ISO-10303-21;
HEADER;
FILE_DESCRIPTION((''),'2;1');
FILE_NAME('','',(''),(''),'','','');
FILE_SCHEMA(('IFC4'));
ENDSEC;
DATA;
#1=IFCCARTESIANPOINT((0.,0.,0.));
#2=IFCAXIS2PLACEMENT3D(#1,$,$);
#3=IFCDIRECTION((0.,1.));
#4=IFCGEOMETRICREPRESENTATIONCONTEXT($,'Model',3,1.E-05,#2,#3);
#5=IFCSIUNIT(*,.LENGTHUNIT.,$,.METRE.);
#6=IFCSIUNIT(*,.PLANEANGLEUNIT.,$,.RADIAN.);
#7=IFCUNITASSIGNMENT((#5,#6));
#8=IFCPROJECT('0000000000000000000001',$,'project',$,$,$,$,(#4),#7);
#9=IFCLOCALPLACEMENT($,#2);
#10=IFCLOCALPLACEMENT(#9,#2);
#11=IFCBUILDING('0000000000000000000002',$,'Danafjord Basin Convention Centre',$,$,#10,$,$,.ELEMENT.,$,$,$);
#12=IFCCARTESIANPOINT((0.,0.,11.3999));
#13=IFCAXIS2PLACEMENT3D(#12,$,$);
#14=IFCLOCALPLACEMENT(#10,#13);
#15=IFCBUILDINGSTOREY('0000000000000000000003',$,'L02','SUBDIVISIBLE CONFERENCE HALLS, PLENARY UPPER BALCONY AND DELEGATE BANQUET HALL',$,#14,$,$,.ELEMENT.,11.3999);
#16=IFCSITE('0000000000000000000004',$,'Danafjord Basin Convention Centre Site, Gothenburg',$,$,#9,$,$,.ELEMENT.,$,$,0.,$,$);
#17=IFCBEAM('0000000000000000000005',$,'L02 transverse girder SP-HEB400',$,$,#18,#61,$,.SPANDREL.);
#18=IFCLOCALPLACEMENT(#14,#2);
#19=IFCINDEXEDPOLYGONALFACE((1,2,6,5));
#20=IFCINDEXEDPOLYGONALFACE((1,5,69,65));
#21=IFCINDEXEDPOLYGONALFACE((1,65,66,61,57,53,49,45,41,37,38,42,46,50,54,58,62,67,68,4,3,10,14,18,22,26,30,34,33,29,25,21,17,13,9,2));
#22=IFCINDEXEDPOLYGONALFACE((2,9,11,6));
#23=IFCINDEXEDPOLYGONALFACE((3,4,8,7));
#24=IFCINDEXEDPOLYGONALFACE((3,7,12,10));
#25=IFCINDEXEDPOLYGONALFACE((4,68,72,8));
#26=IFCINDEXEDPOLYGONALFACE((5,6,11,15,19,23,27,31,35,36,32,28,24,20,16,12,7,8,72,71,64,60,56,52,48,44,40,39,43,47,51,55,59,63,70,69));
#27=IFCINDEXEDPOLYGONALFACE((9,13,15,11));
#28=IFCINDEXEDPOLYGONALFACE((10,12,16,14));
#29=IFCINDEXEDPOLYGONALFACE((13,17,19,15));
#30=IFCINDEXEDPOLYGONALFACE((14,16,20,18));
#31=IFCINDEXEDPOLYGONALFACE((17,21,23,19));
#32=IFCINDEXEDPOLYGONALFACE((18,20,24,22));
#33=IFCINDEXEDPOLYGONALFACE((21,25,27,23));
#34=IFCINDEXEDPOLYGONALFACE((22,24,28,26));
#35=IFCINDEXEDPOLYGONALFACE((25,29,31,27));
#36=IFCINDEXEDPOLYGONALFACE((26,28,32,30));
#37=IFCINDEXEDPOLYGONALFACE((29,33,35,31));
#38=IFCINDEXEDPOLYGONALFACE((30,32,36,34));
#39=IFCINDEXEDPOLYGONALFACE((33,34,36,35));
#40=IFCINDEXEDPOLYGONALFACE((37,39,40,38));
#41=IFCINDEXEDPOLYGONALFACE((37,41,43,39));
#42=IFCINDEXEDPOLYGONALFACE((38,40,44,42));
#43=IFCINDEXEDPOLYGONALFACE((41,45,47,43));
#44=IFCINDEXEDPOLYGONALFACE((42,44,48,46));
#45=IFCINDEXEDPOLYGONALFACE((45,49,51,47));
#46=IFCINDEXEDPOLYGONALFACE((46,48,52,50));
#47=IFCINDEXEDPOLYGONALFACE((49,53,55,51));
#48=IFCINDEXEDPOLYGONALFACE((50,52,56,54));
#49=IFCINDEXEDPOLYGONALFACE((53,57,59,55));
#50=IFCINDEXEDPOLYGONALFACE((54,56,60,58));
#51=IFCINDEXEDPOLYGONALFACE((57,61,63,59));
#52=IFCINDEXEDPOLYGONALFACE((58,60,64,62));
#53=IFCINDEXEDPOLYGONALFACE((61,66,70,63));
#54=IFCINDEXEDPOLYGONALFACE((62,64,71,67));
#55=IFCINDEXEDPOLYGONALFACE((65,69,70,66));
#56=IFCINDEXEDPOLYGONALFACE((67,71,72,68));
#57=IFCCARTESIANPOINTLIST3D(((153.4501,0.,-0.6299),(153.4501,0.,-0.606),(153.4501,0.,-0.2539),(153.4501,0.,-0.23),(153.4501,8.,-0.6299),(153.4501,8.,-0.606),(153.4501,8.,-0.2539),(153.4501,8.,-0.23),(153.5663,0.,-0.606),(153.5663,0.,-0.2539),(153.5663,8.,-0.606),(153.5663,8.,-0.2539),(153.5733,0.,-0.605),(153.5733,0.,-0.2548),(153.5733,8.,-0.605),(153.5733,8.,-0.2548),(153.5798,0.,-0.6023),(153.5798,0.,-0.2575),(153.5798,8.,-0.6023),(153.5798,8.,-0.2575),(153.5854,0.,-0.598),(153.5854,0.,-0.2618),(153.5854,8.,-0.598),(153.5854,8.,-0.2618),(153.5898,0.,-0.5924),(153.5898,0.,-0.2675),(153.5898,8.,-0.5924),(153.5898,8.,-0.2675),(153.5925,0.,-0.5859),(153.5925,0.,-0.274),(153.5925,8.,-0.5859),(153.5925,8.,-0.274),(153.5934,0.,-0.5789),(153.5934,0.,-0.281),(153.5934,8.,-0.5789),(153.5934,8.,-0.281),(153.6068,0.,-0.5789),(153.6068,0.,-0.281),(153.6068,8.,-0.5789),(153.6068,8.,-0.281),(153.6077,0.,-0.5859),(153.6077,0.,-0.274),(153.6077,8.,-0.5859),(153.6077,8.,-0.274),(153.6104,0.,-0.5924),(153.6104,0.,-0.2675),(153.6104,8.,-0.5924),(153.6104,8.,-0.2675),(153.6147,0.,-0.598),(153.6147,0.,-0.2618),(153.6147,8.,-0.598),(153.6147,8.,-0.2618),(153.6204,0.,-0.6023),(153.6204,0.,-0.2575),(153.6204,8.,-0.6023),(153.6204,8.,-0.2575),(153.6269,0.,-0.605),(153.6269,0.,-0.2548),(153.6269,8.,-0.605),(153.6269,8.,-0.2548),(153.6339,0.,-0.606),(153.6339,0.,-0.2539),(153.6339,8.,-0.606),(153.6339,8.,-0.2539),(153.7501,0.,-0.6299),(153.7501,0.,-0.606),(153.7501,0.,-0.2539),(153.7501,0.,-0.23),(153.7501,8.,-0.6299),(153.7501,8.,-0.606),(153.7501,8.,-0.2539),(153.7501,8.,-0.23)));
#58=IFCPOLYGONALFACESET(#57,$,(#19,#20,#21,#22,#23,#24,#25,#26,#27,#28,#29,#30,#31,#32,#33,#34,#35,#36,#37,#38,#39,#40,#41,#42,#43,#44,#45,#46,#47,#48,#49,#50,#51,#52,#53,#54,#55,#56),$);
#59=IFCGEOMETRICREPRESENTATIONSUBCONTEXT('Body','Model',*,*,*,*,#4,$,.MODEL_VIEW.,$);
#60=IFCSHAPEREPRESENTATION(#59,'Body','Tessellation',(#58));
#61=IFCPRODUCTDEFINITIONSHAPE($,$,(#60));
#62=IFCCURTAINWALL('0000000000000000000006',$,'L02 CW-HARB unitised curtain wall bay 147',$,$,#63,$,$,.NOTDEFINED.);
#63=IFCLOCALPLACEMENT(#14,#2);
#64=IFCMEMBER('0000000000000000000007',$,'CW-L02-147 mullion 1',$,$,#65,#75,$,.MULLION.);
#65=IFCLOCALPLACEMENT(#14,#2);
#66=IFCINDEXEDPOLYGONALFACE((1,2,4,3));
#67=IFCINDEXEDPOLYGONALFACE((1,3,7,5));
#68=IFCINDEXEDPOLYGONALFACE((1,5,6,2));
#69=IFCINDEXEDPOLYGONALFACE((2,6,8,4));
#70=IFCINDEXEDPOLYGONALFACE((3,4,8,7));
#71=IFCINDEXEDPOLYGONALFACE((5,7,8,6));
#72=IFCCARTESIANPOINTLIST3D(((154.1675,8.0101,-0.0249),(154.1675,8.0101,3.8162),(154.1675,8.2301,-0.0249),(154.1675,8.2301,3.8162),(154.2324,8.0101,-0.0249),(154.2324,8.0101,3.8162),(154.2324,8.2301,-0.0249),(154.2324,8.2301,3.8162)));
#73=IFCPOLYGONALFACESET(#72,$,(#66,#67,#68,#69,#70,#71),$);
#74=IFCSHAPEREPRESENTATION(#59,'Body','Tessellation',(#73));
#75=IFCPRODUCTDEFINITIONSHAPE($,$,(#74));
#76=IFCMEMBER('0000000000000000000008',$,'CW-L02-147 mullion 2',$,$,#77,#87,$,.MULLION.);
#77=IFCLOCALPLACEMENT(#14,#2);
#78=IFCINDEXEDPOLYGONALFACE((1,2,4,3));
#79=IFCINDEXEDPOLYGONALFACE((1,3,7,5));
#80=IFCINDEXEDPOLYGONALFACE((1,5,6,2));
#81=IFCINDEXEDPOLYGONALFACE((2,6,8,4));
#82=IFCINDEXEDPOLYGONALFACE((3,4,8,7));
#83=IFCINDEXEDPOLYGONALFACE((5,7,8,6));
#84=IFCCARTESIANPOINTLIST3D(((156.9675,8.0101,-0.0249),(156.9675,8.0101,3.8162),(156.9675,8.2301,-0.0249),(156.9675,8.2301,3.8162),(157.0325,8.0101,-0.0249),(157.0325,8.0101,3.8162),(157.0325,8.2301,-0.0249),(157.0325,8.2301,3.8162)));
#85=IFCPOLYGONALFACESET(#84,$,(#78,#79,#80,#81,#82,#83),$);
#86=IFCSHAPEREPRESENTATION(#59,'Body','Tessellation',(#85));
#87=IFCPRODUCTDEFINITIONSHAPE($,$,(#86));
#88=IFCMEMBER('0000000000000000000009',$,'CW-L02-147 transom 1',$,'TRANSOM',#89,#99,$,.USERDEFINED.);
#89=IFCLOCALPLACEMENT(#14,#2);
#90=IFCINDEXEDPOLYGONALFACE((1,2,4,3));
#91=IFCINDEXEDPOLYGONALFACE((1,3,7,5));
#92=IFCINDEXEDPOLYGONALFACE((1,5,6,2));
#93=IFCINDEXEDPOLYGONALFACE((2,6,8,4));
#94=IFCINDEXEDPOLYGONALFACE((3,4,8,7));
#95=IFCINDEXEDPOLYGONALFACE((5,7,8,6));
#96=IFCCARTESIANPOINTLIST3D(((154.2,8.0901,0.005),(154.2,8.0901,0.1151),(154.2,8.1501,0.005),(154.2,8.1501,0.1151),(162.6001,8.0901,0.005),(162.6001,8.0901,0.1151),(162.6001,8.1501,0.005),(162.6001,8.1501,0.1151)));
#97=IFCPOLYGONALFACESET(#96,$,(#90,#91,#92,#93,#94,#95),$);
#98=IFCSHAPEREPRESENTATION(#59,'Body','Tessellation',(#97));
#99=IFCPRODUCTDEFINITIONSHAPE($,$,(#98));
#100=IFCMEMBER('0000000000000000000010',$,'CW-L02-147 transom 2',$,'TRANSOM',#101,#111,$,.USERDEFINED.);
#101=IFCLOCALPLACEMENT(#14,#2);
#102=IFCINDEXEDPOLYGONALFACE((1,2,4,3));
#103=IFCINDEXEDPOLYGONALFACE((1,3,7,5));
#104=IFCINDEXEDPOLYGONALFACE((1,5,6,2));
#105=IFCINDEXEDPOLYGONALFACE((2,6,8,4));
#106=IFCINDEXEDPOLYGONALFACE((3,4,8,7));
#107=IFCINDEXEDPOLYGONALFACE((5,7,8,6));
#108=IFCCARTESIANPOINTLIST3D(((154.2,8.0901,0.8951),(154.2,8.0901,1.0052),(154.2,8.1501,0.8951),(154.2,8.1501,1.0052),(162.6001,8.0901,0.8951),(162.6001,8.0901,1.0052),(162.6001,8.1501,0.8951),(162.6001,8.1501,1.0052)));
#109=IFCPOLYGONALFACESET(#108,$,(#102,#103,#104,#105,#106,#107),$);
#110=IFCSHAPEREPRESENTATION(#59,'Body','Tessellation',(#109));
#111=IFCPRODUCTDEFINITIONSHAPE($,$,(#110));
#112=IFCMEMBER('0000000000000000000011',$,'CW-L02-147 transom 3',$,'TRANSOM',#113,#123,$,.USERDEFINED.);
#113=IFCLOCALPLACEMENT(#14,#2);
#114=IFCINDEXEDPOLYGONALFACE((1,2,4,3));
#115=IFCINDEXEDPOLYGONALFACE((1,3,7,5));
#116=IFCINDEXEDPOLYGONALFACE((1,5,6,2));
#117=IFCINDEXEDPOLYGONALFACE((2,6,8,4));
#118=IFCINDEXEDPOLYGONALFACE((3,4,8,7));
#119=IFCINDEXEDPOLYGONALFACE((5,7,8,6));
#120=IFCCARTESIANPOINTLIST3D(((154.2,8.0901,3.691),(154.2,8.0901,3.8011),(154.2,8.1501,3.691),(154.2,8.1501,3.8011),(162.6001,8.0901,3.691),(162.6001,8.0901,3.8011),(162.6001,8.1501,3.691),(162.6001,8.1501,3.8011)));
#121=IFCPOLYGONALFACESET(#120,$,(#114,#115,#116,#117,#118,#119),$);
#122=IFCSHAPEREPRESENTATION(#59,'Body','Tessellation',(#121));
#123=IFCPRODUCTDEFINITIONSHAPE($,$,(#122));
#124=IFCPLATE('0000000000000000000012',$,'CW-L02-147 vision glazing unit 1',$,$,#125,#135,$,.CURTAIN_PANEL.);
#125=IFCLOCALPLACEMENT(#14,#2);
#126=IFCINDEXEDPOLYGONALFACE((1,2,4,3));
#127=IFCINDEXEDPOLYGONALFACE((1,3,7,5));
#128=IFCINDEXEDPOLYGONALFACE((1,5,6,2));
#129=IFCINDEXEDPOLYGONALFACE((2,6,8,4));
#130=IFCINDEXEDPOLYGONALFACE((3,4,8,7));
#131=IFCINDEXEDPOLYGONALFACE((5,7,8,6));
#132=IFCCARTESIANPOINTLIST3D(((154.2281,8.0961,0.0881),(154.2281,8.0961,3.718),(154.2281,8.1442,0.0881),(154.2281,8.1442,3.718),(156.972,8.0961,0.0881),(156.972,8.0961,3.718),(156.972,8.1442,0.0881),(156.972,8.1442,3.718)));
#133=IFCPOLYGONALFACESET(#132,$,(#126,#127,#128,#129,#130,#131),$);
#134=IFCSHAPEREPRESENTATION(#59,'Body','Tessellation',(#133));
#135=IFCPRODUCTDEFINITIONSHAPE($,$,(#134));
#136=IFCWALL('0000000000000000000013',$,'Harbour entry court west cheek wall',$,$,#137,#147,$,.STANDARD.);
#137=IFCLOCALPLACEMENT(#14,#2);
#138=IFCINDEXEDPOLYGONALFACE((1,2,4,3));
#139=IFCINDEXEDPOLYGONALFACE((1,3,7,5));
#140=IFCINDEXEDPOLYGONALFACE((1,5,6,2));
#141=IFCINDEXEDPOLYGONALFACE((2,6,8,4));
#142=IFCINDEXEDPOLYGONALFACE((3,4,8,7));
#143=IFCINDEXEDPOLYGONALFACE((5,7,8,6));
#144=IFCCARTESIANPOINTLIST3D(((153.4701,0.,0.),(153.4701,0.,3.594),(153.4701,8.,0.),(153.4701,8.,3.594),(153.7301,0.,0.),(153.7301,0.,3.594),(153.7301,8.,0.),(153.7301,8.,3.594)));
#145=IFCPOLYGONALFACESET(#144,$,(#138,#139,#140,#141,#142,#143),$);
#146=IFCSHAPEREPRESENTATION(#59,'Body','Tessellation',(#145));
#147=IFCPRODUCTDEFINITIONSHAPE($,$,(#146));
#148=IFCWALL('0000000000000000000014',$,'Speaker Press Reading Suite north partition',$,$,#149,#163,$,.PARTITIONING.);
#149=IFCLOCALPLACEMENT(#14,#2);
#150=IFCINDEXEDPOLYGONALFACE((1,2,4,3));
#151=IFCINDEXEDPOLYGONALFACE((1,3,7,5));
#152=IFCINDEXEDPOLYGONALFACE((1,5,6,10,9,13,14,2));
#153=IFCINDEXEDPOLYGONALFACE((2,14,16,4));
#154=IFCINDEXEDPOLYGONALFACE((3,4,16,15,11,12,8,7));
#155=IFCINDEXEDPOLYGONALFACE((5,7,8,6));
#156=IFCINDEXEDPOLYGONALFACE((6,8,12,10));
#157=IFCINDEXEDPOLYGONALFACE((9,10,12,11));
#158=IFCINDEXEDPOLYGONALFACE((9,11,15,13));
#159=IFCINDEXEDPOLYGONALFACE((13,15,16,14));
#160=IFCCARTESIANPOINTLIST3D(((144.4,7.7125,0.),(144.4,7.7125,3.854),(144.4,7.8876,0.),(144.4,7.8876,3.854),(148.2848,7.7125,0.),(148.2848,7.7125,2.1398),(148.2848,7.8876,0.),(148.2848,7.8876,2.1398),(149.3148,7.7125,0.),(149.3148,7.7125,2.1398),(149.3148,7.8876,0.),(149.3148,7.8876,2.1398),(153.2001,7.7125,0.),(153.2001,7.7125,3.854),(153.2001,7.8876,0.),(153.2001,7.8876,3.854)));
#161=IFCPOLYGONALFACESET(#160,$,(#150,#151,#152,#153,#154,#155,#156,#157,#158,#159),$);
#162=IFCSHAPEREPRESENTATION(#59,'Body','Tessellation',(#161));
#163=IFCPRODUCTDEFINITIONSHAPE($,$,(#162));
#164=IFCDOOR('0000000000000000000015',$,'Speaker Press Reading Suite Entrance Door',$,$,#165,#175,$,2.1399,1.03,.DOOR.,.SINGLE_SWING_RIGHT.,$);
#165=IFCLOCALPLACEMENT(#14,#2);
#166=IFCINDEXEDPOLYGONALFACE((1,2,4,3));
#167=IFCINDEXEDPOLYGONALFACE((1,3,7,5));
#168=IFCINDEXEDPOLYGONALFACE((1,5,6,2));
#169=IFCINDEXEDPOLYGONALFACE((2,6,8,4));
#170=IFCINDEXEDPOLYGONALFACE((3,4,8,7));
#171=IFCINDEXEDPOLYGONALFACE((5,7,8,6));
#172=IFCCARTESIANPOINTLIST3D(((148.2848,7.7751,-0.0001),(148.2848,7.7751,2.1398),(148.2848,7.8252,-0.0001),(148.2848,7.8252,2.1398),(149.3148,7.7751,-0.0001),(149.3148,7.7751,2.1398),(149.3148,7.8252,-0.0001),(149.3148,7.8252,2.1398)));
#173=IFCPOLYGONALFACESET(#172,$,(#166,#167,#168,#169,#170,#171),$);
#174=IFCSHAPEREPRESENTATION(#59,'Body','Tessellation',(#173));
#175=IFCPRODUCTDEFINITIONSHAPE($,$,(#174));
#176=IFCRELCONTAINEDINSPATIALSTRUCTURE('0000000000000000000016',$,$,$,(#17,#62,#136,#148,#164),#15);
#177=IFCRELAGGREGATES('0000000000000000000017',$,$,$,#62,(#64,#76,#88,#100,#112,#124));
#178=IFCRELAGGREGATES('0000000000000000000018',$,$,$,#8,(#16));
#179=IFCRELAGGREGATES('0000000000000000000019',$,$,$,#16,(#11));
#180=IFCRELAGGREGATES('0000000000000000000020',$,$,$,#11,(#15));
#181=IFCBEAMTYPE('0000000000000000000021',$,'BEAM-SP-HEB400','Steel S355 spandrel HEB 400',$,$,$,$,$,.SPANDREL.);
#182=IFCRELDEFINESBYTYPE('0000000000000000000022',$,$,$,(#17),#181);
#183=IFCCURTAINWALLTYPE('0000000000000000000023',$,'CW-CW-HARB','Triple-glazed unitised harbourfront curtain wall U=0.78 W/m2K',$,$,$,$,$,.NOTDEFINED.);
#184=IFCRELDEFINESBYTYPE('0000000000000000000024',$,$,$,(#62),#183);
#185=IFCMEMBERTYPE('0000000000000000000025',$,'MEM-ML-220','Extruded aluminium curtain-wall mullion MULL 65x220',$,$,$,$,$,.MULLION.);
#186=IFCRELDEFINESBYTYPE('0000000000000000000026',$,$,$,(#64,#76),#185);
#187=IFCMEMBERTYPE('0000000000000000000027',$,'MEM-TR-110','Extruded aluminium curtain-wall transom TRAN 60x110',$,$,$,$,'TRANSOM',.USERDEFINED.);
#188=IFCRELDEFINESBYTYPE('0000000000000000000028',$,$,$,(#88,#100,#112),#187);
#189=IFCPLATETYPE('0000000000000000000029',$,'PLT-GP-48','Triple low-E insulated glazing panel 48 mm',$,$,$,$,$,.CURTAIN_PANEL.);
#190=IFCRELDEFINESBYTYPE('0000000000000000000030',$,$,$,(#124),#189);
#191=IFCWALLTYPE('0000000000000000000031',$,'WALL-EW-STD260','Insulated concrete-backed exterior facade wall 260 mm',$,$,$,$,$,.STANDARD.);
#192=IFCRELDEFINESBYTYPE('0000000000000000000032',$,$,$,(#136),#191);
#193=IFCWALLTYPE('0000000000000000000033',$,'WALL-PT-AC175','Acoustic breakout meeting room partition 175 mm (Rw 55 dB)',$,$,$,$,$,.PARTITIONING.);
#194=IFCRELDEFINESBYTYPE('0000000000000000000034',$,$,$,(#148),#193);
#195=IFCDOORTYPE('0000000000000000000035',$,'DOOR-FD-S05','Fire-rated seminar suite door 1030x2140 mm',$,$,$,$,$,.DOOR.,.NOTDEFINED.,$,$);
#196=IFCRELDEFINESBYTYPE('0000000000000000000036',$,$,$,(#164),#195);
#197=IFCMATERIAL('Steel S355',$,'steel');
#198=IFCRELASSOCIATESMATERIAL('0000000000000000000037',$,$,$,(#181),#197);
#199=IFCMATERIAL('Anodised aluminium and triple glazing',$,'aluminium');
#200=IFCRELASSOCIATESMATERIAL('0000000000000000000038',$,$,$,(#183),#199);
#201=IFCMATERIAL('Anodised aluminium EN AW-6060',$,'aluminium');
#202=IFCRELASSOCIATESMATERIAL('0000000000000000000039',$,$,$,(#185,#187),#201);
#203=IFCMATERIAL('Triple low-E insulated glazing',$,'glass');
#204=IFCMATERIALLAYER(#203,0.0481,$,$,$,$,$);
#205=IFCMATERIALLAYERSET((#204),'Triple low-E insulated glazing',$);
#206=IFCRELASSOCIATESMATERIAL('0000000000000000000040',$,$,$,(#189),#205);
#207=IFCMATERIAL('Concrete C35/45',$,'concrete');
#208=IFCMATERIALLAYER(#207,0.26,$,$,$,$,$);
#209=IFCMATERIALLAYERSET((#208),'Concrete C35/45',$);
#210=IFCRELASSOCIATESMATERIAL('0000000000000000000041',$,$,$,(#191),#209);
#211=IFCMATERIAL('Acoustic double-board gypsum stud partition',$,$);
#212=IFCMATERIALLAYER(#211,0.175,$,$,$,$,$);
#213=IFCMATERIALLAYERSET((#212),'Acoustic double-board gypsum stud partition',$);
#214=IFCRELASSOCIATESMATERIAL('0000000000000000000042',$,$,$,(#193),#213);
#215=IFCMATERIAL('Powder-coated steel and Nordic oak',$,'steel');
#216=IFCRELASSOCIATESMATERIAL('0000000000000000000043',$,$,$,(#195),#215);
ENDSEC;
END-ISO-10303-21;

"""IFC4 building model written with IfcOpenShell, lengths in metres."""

from ifc_helpers import new_model, si_unit, direction, frame, frame_2d, origin, origin_2d, place, context, subcontext, project, spatial, rectangle, i_section, extrude, material, layer, layer_set, material_profile, profile_set, type_object, element, fill, aggregate, save


model = new_model("IFC4")

# Units and contexts
model_context = context("Model", 3, precision=1e-05, world=origin(), true_north=direction((0.0, 1.0)))
body_context = subcontext(model_context, "Body", "Model", "MODEL_VIEW")
ifc_project = project(units=[si_unit("LENGTHUNIT", "METRE"), si_unit("PLANEANGLEUNIT", "RADIAN")], contexts=[model_context])

# Site, building, storey
site_placement = place(None, origin())
site = spatial("IfcSite", under=ifc_project, at=site_placement, Name="Danafjord Basin Convention Centre Site, Gothenburg", CompositionType="ELEMENT", RefElevation=0.0)
building_placement = place(site_placement, origin())
building = spatial("IfcBuilding", under=site, at=building_placement, Name="Danafjord Basin Convention Centre", CompositionType="ELEMENT")
storey_placement = place(building_placement, frame((0.0, 0.0, 11.3999)))
storey = spatial("IfcBuildingStorey", under=building, at=storey_placement, Name="L02", Description="SUBDIVISIBLE CONFERENCE HALLS, PLENARY UPPER BALCONY AND DELEGATE BANQUET HALL", CompositionType="ELEMENT", Elevation=11.3999)

# Shared definitions
ifc_material_1 = material(Name="Steel S355", Category="steel")

# Beam
ifc_material_profile_1 = material_profile(ifc_material_1, i_section(OverallWidth=0.3, OverallDepth=0.3999, WebThickness=0.0134, FlangeThickness=0.0239, FilletRadius=0.0271, at=origin_2d()), Name="HEB 400")
ifc_profile_set_1 = profile_set([ifc_material_profile_1], Name="Steel S355")
beam_type = type_object("IfcBeamType", Name="BEAM-SP-HEB400", Description="Steel S355 spandrel HEB 400", PredefinedType="SPANDREL", material=ifc_profile_set_1)
beam_1_placement = place(storey_placement, frame((153.6001, 0.0, -0.4299), z_axis=(0.0, 1.0, 0.0), x_axis=(-1.0, 0.0, 0.0)))
element("IfcBeam", 1, at=beam_1_placement, inside=storey, type_object=beam_type, Name="L02 transverse girder SP-HEB400", PredefinedType="SPANDREL", context=body_context, shape_type="SweptSolid", body=[
    extrude(i_section(OverallWidth=0.3, OverallDepth=0.3999, WebThickness=0.0134, FlangeThickness=0.0239, FilletRadius=0.0271, at=origin_2d()), origin(), (0.0, 0.0, 1.0), 8.0),
])

# Curtain wall, members, plate
ifc_material_2 = material(Name="Anodised aluminium and triple glazing", Category="aluminium")
curtain_wall_type = type_object("IfcCurtainWallType", Name="CW-CW-HARB", Description="Triple-glazed unitised harbourfront curtain wall U=0.78 W/m2K", PredefinedType="NOTDEFINED", material=ifc_material_2)
curtain_wall_placement = place(storey_placement, origin())
curtain_wall = element("IfcCurtainWall", 2, at=curtain_wall_placement, inside=storey, type_object=curtain_wall_type, Name="L02 CW-HARB unitised curtain wall bay 147", PredefinedType="NOTDEFINED")
ifc_material_3 = material(Name="Anodised aluminium EN AW-6060", Category="aluminium")
ifc_material_profile_2 = material_profile(ifc_material_3, rectangle(XDim=0.0649, YDim=0.22, at=origin_2d()), Name="MULL 65x220")
ifc_profile_set_2 = profile_set([ifc_material_profile_2], Name="Anodised aluminium EN AW-6060")
member_type_1 = type_object("IfcMemberType", Name="MEM-ML-220", Description="Extruded aluminium curtain-wall mullion MULL 65x220", PredefinedType="MULLION", material=ifc_profile_set_2)
member_1_placement = place(storey_placement, frame((154.2, 8.1201, -0.0249), z_axis=(0.0, 0.0, 1.0), x_axis=(1.0, 0.0, 0.0)))
member_1 = element("IfcMember", 3, at=member_1_placement, type_object=member_type_1, Name="CW-L02-147 mullion 1", PredefinedType="MULLION", context=body_context, shape_type="SweptSolid", body=[
    extrude(rectangle(XDim=0.0649, YDim=0.22, at=origin_2d()), origin(), (0.0, 0.0, 1.0), 3.8411),
])
member_2_placement = place(storey_placement, frame((157.0, 8.1201, -0.0249), z_axis=(0.0, 0.0, 1.0), x_axis=(1.0, 0.0, 0.0)))
member_2 = element("IfcMember", 4, at=member_2_placement, type_object=member_type_1, Name="CW-L02-147 mullion 2", PredefinedType="MULLION", context=body_context, shape_type="SweptSolid", body=[
    extrude(rectangle(XDim=0.0649, YDim=0.22, at=origin_2d()), origin(), (0.0, 0.0, 1.0), 3.8411),
])
ifc_material_profile_3 = material_profile(ifc_material_3, rectangle(XDim=0.0601, YDim=0.1101, at=origin_2d()), Name="TRAN 60x110")
ifc_profile_set_3 = profile_set([ifc_material_profile_3], Name="Anodised aluminium EN AW-6060")
member_type_2 = type_object("IfcMemberType", Name="MEM-TR-110", Description="Extruded aluminium curtain-wall transom TRAN 60x110", ElementType="TRANSOM", PredefinedType="USERDEFINED", material=ifc_profile_set_3)
member_3_placement = place(storey_placement, frame((154.2, 8.1201, 0.0601), z_axis=(1.0, 0.0, 0.0), x_axis=(0.0, 1.0, 0.0)))
member_3 = element("IfcMember", 5, at=member_3_placement, type_object=member_type_2, Name="CW-L02-147 transom 1", ObjectType="TRANSOM", PredefinedType="USERDEFINED", context=body_context, shape_type="SweptSolid", body=[
    extrude(rectangle(XDim=0.0601, YDim=0.1101, at=origin_2d()), origin(), (0.0, 0.0, 1.0), 8.4001),
])
member_4_placement = place(storey_placement, frame((154.2, 8.1201, 0.9502), z_axis=(1.0, 0.0, 0.0), x_axis=(0.0, 1.0, 0.0)))
member_4 = element("IfcMember", 6, at=member_4_placement, type_object=member_type_2, Name="CW-L02-147 transom 2", ObjectType="TRANSOM", PredefinedType="USERDEFINED", context=body_context, shape_type="SweptSolid", body=[
    extrude(rectangle(XDim=0.0601, YDim=0.1101, at=origin_2d()), origin(), (0.0, 0.0, 1.0), 8.4001),
])
member_5_placement = place(storey_placement, frame((154.2, 8.1201, 3.7461), z_axis=(1.0, 0.0, 0.0), x_axis=(0.0, 1.0, 0.0)))
member_5 = element("IfcMember", 7, at=member_5_placement, type_object=member_type_2, Name="CW-L02-147 transom 3", ObjectType="TRANSOM", PredefinedType="USERDEFINED", context=body_context, shape_type="SweptSolid", body=[
    extrude(rectangle(XDim=0.0601, YDim=0.1101, at=origin_2d()), origin(), (0.0, 0.0, 1.0), 8.4001),
])
ifc_material_4 = material(Name="Triple low-E insulated glazing", Category="glass")
ifc_layer_1 = layer(ifc_material_4, 0.0481)
ifc_layer_set_1 = layer_set([ifc_layer_1], Name="Triple low-E insulated glazing")
plate_type = type_object("IfcPlateType", Name="PLT-GP-48", Description="Triple low-E insulated glazing panel 48 mm", PredefinedType="CURTAIN_PANEL", material=ifc_layer_set_1)
plate_placement = place(storey_placement, frame((155.6001, 8.1201, 0.0881), z_axis=(0.0, 0.0, 1.0), x_axis=(1.0, 0.0, 0.0)))
plate = element("IfcPlate", 8, at=plate_placement, type_object=plate_type, Name="CW-L02-147 vision glazing unit 1", PredefinedType="CURTAIN_PANEL", context=body_context, shape_type="SweptSolid", body=[
    extrude(rectangle(XDim=2.7439, YDim=0.0481, at=origin_2d()), origin(), (0.0, 0.0, 1.0), 3.6299),
])
aggregate(curtain_wall, [member_1, member_2, member_3, member_4, member_5, plate])

# Wall
ifc_material_5 = material(Name="Concrete C35/45", Category="concrete")
ifc_layer_2 = layer(ifc_material_5, 0.26)
ifc_layer_set_2 = layer_set([ifc_layer_2], Name="Concrete C35/45")
wall_type_1 = type_object("IfcWallType", Name="WALL-EW-STD260", Description="Insulated concrete-backed exterior facade wall 260 mm", PredefinedType="STANDARD", material=ifc_layer_set_2)
wall_1_placement = place(storey_placement, frame((153.6001, 0.0, 0.0), z_axis=(0.0, 0.0, 1.0), x_axis=(0.0, 1.0, 0.0)))
element("IfcWall", 9, at=wall_1_placement, inside=storey, type_object=wall_type_1, Name="Harbour entry court west cheek wall", PredefinedType="STANDARD", context=body_context, shape_type="SweptSolid", body=[
    extrude(rectangle(XDim=8.0, YDim=0.26, at=frame_2d((4.0, 0.0))), origin(), (0.0, 0.0, 1.0), 3.594),
])

# Wall, opening, door
ifc_material_6 = material(Name="Acoustic double-board gypsum stud partition")
ifc_layer_3 = layer(ifc_material_6, 0.175)
ifc_layer_set_3 = layer_set([ifc_layer_3], Name="Acoustic double-board gypsum stud partition")
wall_type_2 = type_object("IfcWallType", Name="WALL-PT-AC175", Description="Acoustic breakout meeting room partition 175 mm (Rw 55 dB)", PredefinedType="PARTITIONING", material=ifc_layer_set_3)
wall_2_placement = place(storey_placement, frame((153.2, 7.8, 0.0), z_axis=(0.0, 0.0, 1.0), x_axis=(-1.0, 0.0, 0.0)))
wall_2 = element("IfcWall", 10, at=wall_2_placement, inside=storey, type_object=wall_type_2, Name="Speaker Press Reading Suite north partition", PredefinedType="PARTITIONING", context=body_context, shape_type="SweptSolid", body=[
    extrude(rectangle(XDim=8.8, YDim=0.175, at=frame_2d((4.3999, 0.0))), origin(), (0.0, 0.0, 1.0), 3.854),
])
opening_placement = place(wall_2_placement, frame((3.885, 0.0, 0.0)))
opening = element("IfcOpeningElement", 11, at=opening_placement, cuts=wall_2, PredefinedType="OPENING", context=body_context, shape_type="SweptSolid", body=[
    extrude(rectangle(XDim=1.03, YDim=2.1399, at=frame_2d((0.5151, 1.0698))), frame((0.0, 0.0974, 0.0), z_axis=(0.0, -1.0, 0.0), x_axis=(1.0, 0.0, 0.0)), (0.0, 0.0, 1.0), 0.1951),
])
ifc_material_7 = material(Name="Powder-coated steel and Nordic oak", Category="steel")
door_type = type_object("IfcDoorType", Name="DOOR-FD-S05", Description="Fire-rated seminar suite door 1030x2140 mm", OperationType="NOTDEFINED", PredefinedType="DOOR", material=ifc_material_7)
door_placement = place(opening_placement, origin())
door = element("IfcDoor", 12, at=door_placement, inside=storey, type_object=door_type, Name="Speaker Press Reading Suite Entrance Door", OperationType="SINGLE_SWING_RIGHT", OverallHeight=2.1399, OverallWidth=1.03, PredefinedType="DOOR", context=body_context, shape_type="SweptSolid", body=[
    extrude(rectangle(XDim=1.03, YDim=2.1399, at=frame_2d((0.5151, 1.0698))), frame((0.0, 0.0249, 0.0), z_axis=(0.0, -1.0, 0.0), x_axis=(1.0, 0.0, 0.0)), (0.0, 0.0, 1.0), 0.05),
])
fill(opening, door)

save(model, "model.ifc")
